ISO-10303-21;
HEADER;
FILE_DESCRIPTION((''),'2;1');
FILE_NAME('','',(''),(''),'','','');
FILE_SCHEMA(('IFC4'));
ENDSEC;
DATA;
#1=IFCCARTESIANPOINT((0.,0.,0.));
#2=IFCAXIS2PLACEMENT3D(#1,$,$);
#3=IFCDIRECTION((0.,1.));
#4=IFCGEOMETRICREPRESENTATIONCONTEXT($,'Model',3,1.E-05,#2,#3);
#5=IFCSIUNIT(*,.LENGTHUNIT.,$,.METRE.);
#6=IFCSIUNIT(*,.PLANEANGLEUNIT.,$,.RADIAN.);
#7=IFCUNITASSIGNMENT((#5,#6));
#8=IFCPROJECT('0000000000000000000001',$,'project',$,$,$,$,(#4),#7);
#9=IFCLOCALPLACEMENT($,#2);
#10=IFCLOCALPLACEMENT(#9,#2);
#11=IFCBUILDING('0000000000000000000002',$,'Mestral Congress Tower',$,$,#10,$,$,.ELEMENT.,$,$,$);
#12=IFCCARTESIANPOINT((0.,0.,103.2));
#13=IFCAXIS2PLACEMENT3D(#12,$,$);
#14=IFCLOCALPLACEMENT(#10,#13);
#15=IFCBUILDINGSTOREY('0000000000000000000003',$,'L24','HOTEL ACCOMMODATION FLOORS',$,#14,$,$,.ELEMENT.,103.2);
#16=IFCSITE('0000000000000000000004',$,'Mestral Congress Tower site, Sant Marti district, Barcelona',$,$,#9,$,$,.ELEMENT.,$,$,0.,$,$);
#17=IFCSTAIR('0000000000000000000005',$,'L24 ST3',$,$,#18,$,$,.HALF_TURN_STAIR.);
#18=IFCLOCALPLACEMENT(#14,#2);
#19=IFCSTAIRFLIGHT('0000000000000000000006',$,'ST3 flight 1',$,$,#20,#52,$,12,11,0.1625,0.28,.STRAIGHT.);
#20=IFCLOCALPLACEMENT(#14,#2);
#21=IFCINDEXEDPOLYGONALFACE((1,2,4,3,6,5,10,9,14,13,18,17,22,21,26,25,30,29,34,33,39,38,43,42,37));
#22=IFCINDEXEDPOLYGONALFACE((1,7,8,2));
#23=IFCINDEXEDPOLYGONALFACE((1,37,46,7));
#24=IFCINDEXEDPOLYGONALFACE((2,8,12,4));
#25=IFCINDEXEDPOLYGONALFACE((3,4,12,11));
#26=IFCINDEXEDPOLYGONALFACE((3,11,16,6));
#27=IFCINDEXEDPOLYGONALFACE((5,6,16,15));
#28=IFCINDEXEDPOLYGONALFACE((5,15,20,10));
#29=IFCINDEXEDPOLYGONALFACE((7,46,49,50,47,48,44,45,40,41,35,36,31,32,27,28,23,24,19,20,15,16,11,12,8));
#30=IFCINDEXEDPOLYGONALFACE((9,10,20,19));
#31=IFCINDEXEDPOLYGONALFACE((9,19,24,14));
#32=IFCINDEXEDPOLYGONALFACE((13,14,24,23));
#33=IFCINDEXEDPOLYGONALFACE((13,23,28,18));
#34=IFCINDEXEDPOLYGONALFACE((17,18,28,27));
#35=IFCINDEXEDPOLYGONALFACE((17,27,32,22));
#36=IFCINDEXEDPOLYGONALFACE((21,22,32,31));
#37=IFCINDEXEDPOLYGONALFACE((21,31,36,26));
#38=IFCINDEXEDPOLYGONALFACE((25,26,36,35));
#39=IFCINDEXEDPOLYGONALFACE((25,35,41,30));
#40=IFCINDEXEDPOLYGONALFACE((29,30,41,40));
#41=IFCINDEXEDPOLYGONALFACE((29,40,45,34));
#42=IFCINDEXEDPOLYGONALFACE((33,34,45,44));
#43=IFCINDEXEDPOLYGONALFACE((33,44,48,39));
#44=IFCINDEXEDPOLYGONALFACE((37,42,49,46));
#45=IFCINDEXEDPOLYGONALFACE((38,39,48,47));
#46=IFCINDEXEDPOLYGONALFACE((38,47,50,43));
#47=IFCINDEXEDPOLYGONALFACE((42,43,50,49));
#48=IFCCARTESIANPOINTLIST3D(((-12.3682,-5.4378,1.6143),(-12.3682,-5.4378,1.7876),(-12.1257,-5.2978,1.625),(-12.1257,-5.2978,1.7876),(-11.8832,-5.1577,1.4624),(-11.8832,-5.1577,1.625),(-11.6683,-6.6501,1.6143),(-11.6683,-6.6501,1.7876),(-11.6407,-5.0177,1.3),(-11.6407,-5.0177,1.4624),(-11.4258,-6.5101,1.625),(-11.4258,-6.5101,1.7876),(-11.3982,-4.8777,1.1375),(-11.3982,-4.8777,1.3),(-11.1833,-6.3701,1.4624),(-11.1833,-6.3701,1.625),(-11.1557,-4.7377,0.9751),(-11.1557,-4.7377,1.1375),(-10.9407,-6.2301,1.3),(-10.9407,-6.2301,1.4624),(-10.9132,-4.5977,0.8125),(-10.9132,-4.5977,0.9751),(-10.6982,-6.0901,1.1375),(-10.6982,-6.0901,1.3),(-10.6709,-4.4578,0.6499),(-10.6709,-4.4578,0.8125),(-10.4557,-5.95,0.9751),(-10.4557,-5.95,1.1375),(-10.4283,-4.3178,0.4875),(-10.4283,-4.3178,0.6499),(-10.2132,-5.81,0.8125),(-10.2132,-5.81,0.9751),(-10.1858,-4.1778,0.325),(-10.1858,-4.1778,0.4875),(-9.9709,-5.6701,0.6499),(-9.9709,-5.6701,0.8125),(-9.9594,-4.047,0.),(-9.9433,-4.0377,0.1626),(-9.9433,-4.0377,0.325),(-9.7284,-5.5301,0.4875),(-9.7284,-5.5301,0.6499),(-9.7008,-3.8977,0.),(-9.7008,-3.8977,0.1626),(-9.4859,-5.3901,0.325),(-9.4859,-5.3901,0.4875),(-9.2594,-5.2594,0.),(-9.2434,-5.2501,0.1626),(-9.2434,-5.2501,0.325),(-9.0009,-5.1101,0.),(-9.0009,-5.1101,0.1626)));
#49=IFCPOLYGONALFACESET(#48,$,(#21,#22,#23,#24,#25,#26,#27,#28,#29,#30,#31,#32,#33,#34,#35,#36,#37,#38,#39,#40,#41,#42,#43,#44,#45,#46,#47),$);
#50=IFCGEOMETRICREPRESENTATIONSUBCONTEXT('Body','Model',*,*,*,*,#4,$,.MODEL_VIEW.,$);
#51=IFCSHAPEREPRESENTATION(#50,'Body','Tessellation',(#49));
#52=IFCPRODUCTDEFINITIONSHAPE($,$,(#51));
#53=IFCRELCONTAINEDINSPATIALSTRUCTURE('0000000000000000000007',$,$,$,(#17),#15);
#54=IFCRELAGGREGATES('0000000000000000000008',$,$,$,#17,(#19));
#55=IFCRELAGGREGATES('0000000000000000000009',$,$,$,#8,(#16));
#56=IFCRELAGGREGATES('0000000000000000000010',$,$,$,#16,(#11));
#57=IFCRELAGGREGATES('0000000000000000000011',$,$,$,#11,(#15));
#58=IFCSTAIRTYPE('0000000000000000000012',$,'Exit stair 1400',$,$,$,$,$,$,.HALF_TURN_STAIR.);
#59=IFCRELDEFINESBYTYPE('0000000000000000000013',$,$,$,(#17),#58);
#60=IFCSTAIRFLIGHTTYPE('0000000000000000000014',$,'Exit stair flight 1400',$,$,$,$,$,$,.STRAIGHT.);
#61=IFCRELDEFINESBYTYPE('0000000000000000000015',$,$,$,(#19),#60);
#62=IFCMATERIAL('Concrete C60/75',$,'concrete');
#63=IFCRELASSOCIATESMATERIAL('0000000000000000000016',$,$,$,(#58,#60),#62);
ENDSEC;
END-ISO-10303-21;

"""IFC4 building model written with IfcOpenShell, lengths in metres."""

from ifc_helpers import new_model, si_unit, direction, frame, origin, place, context, subcontext, project, spatial, polyline, outline, extrude, material, type_object, element, aggregate, save


model = new_model("IFC4")

# Units and contexts
model_context = context("Model", 3, precision=1e-05, world=origin(), true_north=direction((0.0, 1.0)))
body_context = subcontext(model_context, "Body", "Model", "MODEL_VIEW")
ifc_project = project(units=[si_unit("LENGTHUNIT", "METRE"), si_unit("PLANEANGLEUNIT", "RADIAN")], contexts=[model_context])

# Site, building, storey
site_placement = place(None, origin())
site = spatial("IfcSite", under=ifc_project, at=site_placement, Name="Mestral Congress Tower site, Sant Marti district, Barcelona", CompositionType="ELEMENT", RefElevation=0.0)
building_placement = place(site_placement, origin())
building = spatial("IfcBuilding", under=site, at=building_placement, Name="Mestral Congress Tower", CompositionType="ELEMENT")
storey_placement = place(building_placement, frame((0.0, 0.0, 103.2)))
storey = spatial("IfcBuildingStorey", under=building, at=storey_placement, Name="L24", Description="HOTEL ACCOMMODATION FLOORS", CompositionType="ELEMENT", Elevation=103.2)

# Shared definitions
ifc_material_1 = material(Name="Concrete C60/75", Category="concrete")

# Stair, stair flight
stair_type = type_object("IfcStairType", Name="Exit stair 1400", PredefinedType="HALF_TURN_STAIR", material=ifc_material_1)
stair_placement = place(storey_placement, origin())
stair = element("IfcStair", 1, at=stair_placement, inside=storey, type_object=stair_type, Name="L24 ST3", PredefinedType="HALF_TURN_STAIR")
stair_flight_type = type_object("IfcStairFlightType", Name="Exit stair flight 1400", PredefinedType="STRAIGHT", material=ifc_material_1)
stair_flight_placement = place(storey_placement, frame((-9.3508, -4.5039, 0.0), z_axis=(0.0, 0.0, 1.0), x_axis=(-0.866025, -0.5, 0.0)))
stair_flight = element("IfcStairFlight", 2, at=stair_flight_placement, type_object=stair_flight_type, Name="ST3 flight 1", NumberOfRisers=12, NumberOfTreads=11, PredefinedType="STRAIGHT", RiserHeight=0.1625, TreadLength=0.28, context=body_context, shape_type="SweptSolid", body=[
    extrude(outline(polyline([(0.0, 0.0), (0.0, 0.1626), (0.28, 0.1626), (0.28, 0.325), (0.5601, 0.325), (0.5601, 0.4875), (0.8401, 0.4875), (0.8401, 0.6499), (1.1201, 0.6499), (1.1201, 0.8125), (1.3999, 0.8125), (1.3999, 0.9751), (1.6799, 0.9751), (1.6799, 1.1375), (1.96, 1.1375), (1.96, 1.3), (2.24, 1.3), (2.24, 1.4624), (2.52, 1.4624), (2.52, 1.625), (2.8, 1.625), (2.8, 1.7876), (3.0801, 1.7876), (3.0801, 1.95), (3.0801, 1.6143), (0.2986, 0.0), (0.0, 0.0)])), frame((0.0, 0.7, 0.0), z_axis=(0.0, -1.0, 0.0), x_axis=(1.0, 0.0, 0.0)), (0.0, 0.0, 1.0), 1.3999),
])
aggregate(stair, [stair_flight])

save(model, "model.ifc")
